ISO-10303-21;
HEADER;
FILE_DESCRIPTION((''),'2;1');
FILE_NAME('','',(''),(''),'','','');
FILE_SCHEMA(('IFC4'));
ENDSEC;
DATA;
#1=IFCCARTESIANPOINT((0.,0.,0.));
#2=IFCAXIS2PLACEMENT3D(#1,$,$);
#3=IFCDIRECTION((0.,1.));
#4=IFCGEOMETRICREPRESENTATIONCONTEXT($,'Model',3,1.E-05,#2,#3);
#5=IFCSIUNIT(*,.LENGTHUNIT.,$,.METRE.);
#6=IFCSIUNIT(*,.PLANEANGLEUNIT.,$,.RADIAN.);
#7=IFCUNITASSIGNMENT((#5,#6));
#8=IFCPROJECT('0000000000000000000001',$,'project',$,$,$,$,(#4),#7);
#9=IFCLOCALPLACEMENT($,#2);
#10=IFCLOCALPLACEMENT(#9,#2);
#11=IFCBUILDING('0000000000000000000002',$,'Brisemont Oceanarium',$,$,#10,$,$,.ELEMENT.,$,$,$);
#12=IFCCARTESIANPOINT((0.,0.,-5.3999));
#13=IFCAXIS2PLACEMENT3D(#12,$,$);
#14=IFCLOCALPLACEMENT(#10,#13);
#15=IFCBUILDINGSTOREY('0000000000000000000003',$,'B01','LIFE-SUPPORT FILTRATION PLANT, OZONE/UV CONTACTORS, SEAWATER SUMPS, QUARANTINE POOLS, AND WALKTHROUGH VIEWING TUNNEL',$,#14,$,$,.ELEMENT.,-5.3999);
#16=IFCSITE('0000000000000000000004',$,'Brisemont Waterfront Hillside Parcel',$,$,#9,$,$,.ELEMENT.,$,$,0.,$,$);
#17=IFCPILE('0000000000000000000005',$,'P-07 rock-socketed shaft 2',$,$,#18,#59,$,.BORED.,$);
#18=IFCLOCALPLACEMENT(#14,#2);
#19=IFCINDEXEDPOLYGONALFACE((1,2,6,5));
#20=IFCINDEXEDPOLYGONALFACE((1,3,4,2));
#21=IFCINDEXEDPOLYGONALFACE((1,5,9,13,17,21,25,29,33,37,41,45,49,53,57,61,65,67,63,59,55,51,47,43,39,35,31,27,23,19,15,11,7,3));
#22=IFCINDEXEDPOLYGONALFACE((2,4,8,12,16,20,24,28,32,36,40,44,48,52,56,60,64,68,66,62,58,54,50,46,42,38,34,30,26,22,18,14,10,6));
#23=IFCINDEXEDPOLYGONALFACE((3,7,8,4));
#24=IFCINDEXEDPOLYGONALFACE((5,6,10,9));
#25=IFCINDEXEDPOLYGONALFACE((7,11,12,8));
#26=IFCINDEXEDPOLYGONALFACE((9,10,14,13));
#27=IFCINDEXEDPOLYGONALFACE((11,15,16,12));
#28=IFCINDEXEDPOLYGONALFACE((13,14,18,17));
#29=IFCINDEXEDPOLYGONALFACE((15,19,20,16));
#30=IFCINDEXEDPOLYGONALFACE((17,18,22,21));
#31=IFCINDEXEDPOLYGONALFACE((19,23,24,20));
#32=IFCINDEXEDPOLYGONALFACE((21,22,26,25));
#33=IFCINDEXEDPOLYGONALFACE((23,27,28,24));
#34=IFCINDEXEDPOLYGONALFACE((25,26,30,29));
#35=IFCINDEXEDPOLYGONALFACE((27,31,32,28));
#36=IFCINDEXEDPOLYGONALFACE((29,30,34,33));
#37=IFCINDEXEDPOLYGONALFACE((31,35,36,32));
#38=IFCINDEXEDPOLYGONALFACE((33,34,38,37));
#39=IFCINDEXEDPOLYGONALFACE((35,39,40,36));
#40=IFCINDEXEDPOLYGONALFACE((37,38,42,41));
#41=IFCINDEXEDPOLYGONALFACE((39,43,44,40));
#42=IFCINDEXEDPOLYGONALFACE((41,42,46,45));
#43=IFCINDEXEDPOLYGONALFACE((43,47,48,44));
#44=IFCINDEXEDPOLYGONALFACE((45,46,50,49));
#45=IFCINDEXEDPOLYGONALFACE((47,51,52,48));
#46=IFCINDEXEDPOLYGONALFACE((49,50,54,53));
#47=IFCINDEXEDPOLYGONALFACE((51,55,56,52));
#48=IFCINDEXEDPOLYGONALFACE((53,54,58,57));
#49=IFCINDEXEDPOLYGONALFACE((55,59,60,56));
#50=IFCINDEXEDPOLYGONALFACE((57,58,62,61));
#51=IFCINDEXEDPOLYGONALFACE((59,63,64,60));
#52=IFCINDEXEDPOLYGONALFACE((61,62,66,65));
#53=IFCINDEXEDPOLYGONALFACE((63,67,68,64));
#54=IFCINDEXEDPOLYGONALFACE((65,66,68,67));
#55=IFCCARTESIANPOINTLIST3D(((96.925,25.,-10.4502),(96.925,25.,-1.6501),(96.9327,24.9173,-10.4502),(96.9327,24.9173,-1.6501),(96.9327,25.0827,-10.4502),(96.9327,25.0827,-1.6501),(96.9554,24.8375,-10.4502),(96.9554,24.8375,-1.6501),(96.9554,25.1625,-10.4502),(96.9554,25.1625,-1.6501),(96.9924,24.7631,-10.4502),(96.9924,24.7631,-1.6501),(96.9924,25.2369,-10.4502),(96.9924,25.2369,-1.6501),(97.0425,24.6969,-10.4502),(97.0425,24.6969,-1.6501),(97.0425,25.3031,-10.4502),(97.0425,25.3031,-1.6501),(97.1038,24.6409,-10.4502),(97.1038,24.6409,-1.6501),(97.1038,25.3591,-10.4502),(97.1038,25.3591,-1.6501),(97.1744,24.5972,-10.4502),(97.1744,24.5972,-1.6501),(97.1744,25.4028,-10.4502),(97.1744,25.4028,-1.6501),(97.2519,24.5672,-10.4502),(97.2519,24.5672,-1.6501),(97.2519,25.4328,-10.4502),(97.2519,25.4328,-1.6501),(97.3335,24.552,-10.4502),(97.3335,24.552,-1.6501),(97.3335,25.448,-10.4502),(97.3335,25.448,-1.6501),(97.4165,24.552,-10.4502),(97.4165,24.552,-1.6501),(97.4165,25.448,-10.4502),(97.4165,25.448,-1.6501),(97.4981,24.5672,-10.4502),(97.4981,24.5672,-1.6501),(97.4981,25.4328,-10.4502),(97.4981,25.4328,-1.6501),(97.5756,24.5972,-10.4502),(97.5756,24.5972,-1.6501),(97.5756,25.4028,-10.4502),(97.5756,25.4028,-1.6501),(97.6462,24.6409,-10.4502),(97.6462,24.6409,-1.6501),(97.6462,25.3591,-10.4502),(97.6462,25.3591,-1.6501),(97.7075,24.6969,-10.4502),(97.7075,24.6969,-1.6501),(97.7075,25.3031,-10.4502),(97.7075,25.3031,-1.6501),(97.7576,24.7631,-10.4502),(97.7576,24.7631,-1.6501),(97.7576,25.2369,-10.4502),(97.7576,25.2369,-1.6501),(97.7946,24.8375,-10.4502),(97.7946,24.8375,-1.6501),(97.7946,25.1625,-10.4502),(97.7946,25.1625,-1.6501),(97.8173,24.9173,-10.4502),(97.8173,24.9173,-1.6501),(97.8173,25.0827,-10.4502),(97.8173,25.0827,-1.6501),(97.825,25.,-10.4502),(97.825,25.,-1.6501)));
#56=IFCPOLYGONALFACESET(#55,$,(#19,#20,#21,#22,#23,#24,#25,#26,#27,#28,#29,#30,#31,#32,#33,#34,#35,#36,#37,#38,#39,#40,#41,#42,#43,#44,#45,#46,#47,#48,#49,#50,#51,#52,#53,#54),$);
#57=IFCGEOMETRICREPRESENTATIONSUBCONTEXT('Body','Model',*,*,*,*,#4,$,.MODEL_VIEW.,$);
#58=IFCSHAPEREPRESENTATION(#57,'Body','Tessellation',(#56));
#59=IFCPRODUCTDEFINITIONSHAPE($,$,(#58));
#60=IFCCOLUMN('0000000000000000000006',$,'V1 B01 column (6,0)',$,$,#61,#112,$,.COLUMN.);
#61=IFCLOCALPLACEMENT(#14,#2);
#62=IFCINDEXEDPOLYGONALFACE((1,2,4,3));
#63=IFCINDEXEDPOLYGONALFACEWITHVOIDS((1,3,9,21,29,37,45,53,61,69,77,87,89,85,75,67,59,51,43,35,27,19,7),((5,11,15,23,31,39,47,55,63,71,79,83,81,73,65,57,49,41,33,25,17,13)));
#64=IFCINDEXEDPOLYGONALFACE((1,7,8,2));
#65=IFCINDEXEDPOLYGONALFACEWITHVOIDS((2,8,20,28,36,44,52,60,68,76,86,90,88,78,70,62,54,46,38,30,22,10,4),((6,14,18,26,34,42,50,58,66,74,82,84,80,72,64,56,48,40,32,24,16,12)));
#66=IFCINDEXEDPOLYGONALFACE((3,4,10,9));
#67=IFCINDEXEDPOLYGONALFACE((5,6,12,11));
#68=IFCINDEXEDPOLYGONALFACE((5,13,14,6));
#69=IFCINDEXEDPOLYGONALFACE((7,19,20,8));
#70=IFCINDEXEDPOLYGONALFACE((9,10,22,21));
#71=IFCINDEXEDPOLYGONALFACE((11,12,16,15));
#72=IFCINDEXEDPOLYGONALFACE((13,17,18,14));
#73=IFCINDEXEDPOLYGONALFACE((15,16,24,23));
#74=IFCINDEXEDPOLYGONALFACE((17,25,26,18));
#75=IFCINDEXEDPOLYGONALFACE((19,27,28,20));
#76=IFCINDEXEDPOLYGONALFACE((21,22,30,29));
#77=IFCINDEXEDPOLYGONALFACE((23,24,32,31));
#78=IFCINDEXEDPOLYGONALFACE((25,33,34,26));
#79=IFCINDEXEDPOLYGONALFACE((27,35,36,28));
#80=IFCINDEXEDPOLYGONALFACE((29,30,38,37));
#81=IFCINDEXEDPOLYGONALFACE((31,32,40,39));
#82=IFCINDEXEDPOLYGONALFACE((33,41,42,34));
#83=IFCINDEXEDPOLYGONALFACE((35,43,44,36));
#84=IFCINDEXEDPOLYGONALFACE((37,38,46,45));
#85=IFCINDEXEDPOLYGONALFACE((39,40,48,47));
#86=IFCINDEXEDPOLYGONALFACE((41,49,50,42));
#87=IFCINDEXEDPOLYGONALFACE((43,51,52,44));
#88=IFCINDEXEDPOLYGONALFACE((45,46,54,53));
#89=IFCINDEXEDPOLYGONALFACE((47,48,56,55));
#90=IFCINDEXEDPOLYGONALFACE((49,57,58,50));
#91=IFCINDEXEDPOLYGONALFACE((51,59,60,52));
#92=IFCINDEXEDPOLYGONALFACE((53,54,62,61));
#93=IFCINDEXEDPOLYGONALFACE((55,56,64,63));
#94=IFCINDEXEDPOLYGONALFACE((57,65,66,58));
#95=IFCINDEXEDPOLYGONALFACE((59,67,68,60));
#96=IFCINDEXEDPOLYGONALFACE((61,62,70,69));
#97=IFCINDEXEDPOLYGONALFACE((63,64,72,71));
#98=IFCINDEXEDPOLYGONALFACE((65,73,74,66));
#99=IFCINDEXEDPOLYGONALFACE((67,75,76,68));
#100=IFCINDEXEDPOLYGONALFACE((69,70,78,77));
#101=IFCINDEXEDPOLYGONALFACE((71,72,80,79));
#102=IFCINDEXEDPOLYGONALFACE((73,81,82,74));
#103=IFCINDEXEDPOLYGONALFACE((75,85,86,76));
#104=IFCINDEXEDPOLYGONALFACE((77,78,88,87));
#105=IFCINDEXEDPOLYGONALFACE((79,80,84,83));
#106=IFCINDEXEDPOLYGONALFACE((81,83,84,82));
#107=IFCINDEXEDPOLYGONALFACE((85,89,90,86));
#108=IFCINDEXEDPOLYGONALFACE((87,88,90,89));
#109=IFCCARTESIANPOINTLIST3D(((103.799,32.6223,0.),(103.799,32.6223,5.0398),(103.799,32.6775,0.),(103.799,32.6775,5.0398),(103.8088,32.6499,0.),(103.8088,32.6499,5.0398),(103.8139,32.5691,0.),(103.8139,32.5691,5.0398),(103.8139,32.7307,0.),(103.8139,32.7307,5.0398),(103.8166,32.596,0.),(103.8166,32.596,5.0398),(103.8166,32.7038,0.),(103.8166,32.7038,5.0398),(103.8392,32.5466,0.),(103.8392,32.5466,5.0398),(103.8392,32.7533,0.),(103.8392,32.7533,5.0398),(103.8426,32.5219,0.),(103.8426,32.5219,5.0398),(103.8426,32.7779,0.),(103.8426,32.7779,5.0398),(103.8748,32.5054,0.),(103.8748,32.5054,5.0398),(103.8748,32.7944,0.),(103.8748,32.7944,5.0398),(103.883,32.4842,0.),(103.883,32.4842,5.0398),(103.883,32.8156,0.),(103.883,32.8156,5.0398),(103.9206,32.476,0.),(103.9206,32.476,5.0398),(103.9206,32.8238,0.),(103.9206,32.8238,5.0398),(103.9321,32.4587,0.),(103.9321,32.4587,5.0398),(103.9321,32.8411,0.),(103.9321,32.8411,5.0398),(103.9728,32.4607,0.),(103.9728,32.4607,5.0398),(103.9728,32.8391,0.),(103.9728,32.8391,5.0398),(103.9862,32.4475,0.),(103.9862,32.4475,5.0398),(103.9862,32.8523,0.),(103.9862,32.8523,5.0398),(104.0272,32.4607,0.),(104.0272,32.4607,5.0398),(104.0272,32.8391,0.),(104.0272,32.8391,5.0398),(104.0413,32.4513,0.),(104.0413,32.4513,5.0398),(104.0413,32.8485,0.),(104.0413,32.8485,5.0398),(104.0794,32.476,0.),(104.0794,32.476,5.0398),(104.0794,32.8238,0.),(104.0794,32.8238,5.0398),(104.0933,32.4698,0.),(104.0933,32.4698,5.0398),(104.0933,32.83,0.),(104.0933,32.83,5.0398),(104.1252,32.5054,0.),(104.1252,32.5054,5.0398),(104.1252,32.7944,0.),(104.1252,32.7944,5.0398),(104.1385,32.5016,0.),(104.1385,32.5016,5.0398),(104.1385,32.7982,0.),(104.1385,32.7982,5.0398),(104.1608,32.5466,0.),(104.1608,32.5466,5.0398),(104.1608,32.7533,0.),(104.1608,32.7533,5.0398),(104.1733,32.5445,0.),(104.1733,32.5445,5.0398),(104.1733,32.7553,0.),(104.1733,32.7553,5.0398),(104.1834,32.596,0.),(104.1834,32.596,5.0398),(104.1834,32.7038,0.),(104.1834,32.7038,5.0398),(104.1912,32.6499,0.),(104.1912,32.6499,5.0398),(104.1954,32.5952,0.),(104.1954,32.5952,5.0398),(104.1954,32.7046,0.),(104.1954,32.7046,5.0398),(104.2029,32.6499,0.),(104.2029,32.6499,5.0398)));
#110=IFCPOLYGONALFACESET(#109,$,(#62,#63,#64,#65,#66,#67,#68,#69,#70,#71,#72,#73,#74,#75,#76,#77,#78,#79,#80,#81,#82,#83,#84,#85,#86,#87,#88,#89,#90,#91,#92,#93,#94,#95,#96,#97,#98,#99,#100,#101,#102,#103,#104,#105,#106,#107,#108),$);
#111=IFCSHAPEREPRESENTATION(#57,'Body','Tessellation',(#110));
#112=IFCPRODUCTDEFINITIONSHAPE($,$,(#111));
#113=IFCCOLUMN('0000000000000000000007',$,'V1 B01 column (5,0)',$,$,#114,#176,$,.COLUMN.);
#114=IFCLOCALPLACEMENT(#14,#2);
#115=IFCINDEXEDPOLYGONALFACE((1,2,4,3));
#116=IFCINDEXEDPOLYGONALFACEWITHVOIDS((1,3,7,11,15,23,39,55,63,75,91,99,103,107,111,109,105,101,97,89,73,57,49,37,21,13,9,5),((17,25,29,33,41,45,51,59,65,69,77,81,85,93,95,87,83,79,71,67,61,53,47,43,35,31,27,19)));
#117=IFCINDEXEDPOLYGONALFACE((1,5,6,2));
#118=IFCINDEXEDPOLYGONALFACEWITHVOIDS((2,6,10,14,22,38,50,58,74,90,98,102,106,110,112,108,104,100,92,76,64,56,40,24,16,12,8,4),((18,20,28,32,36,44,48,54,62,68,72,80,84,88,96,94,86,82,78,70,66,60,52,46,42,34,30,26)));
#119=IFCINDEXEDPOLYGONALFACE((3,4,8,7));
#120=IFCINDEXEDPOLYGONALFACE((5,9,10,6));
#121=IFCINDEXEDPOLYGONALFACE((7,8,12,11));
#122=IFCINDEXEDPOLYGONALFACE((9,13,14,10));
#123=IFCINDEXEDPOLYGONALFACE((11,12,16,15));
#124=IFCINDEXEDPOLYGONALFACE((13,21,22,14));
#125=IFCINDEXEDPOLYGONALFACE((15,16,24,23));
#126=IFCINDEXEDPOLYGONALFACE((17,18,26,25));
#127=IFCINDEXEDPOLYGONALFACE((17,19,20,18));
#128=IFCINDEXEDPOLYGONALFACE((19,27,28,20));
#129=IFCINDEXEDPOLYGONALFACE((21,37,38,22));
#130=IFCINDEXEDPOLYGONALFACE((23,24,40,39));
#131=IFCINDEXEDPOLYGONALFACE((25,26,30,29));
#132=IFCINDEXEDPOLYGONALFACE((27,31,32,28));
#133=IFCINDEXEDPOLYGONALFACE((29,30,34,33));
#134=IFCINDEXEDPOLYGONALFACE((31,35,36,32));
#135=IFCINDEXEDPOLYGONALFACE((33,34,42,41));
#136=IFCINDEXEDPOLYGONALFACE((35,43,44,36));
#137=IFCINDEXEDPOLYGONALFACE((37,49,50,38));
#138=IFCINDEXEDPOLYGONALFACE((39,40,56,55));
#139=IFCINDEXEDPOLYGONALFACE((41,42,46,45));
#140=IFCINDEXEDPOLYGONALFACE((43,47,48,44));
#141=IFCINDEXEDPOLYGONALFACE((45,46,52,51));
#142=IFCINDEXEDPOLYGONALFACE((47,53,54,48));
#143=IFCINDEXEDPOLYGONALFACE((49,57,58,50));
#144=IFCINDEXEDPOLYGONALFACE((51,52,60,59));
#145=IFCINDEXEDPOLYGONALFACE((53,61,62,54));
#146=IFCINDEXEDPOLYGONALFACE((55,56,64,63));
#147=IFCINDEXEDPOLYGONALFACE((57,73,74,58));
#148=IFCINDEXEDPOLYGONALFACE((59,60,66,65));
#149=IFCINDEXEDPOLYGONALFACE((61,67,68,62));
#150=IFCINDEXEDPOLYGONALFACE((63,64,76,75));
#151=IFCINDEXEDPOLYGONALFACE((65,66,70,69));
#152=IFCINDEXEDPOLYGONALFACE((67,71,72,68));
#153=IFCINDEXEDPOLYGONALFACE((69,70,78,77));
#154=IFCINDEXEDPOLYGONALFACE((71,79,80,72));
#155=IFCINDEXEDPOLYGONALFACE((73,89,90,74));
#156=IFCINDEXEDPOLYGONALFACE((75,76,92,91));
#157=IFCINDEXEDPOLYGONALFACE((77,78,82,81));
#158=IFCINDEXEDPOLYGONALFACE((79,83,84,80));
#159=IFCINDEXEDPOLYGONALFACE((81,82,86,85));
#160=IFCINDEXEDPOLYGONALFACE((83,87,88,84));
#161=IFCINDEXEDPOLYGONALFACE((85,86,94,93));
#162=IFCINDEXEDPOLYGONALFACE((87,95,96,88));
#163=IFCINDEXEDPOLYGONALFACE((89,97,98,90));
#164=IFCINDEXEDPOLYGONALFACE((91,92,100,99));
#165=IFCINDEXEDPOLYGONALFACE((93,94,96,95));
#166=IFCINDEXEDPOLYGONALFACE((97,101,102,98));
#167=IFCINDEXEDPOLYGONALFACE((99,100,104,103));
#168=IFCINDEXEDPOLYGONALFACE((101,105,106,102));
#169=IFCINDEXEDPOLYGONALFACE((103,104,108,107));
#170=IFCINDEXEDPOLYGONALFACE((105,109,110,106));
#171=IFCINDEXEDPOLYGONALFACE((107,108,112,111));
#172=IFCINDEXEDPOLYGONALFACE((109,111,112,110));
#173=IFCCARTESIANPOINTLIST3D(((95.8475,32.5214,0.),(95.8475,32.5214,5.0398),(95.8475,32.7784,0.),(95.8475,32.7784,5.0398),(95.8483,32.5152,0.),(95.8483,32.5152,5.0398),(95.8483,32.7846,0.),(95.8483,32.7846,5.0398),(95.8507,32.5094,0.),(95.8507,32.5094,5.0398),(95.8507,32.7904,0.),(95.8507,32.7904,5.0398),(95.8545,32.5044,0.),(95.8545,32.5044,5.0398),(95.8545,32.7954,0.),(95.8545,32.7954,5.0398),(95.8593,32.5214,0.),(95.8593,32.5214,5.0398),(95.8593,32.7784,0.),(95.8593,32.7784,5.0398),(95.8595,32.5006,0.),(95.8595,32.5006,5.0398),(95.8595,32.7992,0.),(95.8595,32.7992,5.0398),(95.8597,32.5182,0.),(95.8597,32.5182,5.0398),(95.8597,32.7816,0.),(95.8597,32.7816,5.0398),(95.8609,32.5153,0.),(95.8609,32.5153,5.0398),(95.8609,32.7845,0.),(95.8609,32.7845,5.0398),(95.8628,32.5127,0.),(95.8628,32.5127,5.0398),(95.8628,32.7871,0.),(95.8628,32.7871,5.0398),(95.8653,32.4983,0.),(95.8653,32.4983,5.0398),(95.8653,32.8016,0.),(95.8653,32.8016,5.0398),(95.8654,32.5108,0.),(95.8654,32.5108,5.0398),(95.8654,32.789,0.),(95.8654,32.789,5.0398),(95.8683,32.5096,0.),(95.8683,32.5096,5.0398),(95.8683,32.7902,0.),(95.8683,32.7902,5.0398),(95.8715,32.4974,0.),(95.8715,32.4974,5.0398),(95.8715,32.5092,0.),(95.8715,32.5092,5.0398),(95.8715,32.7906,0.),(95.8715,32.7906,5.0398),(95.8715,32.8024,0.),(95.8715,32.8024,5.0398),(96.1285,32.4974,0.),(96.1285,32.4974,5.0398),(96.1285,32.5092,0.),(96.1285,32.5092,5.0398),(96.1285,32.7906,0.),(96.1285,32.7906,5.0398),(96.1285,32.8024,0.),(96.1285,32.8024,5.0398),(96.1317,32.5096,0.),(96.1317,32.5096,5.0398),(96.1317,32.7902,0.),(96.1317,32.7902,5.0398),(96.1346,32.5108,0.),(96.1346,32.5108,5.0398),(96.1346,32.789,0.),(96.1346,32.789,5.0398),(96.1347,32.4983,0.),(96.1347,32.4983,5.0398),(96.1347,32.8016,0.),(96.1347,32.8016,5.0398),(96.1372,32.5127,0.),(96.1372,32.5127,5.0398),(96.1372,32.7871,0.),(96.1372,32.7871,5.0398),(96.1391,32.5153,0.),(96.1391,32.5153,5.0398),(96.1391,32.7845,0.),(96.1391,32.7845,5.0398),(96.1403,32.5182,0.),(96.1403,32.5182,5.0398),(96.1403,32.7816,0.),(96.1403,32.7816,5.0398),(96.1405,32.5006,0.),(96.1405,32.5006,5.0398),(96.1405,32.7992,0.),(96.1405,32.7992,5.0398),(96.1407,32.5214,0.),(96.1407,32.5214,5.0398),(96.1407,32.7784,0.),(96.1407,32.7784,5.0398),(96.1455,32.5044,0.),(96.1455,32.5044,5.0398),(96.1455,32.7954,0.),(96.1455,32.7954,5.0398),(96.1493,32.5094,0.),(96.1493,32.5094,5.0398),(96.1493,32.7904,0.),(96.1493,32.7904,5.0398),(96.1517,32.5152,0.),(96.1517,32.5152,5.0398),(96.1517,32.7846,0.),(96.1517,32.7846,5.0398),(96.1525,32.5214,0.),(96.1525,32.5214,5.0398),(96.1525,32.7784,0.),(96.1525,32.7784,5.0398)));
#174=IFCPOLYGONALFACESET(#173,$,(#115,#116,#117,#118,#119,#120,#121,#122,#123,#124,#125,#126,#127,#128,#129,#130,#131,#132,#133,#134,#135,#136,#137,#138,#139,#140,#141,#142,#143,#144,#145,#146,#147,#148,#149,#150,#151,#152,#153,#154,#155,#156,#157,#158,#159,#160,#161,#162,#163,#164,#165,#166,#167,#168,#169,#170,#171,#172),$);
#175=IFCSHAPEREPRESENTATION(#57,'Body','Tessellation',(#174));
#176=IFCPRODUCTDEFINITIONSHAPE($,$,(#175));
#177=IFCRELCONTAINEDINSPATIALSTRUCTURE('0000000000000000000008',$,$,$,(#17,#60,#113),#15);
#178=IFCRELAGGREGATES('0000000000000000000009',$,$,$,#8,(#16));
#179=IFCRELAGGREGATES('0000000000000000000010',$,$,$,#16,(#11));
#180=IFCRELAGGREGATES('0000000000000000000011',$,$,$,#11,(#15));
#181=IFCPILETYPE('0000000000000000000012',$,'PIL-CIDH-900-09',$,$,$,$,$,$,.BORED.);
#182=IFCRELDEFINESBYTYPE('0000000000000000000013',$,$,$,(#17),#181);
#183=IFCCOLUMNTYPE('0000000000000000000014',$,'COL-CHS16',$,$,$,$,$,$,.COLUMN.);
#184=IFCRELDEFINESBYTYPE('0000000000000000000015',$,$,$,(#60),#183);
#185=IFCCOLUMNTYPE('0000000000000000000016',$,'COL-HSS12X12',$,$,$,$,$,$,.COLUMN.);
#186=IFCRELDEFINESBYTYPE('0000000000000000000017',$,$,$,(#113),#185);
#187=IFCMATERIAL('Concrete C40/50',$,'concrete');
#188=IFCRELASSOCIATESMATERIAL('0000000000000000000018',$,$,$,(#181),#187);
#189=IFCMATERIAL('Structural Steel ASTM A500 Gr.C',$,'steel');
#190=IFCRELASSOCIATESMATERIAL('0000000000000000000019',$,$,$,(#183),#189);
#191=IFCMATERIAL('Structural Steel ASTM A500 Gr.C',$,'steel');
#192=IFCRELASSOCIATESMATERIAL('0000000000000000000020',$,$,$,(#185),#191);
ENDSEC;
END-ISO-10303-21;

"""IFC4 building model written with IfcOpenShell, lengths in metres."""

from ifc_helpers import new_model, si_unit, direction, frame, origin, origin_2d, place, context, subcontext, project, spatial, hollow_rectangle, circle, hollow_circle, extrude, material, material_profile, profile_set, type_object, element, save


model = new_model("IFC4")

# Units and contexts
model_context = context("Model", 3, precision=1e-05, world=origin(), true_north=direction((0.0, 1.0)))
body_context = subcontext(model_context, "Body", "Model", "MODEL_VIEW")
ifc_project = project(units=[si_unit("LENGTHUNIT", "METRE"), si_unit("PLANEANGLEUNIT", "RADIAN")], contexts=[model_context])

# Site, building, storey
site_placement = place(None, origin())
site = spatial("IfcSite", under=ifc_project, at=site_placement, Name="Brisemont Waterfront Hillside Parcel", CompositionType="ELEMENT", RefElevation=0.0)
building_placement = place(site_placement, origin())
building = spatial("IfcBuilding", under=site, at=building_placement, Name="Brisemont Oceanarium", CompositionType="ELEMENT")
storey_placement = place(building_placement, frame((0.0, 0.0, -5.3999)))
storey = spatial("IfcBuildingStorey", under=building, at=storey_placement, Name="B01", Description="LIFE-SUPPORT FILTRATION PLANT, OZONE/UV CONTACTORS, SEAWATER SUMPS, QUARANTINE POOLS, AND WALKTHROUGH VIEWING TUNNEL", CompositionType="ELEMENT", Elevation=-5.3999)

# Pile
ifc_material_1 = material(Name="Concrete C40/50", Category="concrete")
ifc_material_profile_1 = material_profile(ifc_material_1, circle(Radius=0.45, at=origin_2d()), Name="CIDH-D900")
ifc_profile_set_1 = profile_set([ifc_material_profile_1], Name="Concrete C40/50")
pile_type_1 = type_object("IfcPileType", Name="PIL-CIDH-900-09", PredefinedType="BORED", material=ifc_profile_set_1)
for number, where, z_axis, x_axis, name in (
    (1, (97.375, 25.0, -1.6501), (0.0, 0.0, -1.0), (1.0, 0.0, 0.0), "P-07 rock-socketed shaft 2"),
):
    element("IfcPile", number, at=place(storey_placement, frame(where, z_axis=z_axis, x_axis=x_axis)), inside=storey, type_object=pile_type_1, Name=name, PredefinedType="BORED", context=body_context, shape_type="SweptSolid", body=[
        extrude(circle(Radius=0.45, at=origin_2d()), origin(), (0.0, 0.0, 1.0), 8.8),
    ])

# Columns
ifc_material_2 = material(Name="Structural Steel ASTM A500 Gr.C", Category="steel")
ifc_material_profile_2 = material_profile(ifc_material_2, hollow_circle(Radius=0.2029, WallThickness=0.0117, at=origin_2d()), Name="HSS16.000X0.500")
ifc_profile_set_2 = profile_set([ifc_material_profile_2], Name="Structural Steel ASTM A500 Gr.C")
column_type_1 = type_object("IfcColumnType", Name="COL-CHS16", PredefinedType="COLUMN", material=ifc_profile_set_2)
column_1_placement = place(storey_placement, frame((104.0, 32.6499, 0.0), z_axis=(0.0, 0.0, 1.0), x_axis=(1.0, 0.0, 0.0)))
element("IfcColumn", 2, at=column_1_placement, inside=storey, type_object=column_type_1, Name="V1 B01 column (6,0)", PredefinedType="COLUMN", context=body_context, shape_type="SweptSolid", body=[
    extrude(hollow_circle(Radius=0.2029, WallThickness=0.0117, at=origin_2d()), origin(), (0.0, 0.0, 1.0), 5.0398),
])
ifc_material_3 = material(Name="Structural Steel ASTM A500 Gr.C", Category="steel")
ifc_material_profile_3 = material_profile(ifc_material_3, hollow_rectangle(XDim=0.3049, YDim=0.3049, WallThickness=0.0117, InnerFilletRadius=0.0122, OuterFilletRadius=0.0239, at=origin_2d()), Name="HSS12X12X1/2")
ifc_profile_set_3 = profile_set([ifc_material_profile_3], Name="Structural Steel ASTM A500 Gr.C")
column_type_2 = type_object("IfcColumnType", Name="COL-HSS12X12", PredefinedType="COLUMN", material=ifc_profile_set_3)
column_2_placement = place(storey_placement, frame((96.0, 32.6499, 0.0), z_axis=(0.0, 0.0, 1.0), x_axis=(0.0, 1.0, 0.0)))
element("IfcColumn", 3, at=column_2_placement, inside=storey, type_object=column_type_2, Name="V1 B01 column (5,0)", PredefinedType="COLUMN", context=body_context, shape_type="SweptSolid", body=[
    extrude(hollow_rectangle(XDim=0.3049, YDim=0.3049, WallThickness=0.0117, InnerFilletRadius=0.0122, OuterFilletRadius=0.0239, at=origin_2d()), origin(), (0.0, 0.0, 1.0), 5.0398),
])

save(model, "model.ifc")
